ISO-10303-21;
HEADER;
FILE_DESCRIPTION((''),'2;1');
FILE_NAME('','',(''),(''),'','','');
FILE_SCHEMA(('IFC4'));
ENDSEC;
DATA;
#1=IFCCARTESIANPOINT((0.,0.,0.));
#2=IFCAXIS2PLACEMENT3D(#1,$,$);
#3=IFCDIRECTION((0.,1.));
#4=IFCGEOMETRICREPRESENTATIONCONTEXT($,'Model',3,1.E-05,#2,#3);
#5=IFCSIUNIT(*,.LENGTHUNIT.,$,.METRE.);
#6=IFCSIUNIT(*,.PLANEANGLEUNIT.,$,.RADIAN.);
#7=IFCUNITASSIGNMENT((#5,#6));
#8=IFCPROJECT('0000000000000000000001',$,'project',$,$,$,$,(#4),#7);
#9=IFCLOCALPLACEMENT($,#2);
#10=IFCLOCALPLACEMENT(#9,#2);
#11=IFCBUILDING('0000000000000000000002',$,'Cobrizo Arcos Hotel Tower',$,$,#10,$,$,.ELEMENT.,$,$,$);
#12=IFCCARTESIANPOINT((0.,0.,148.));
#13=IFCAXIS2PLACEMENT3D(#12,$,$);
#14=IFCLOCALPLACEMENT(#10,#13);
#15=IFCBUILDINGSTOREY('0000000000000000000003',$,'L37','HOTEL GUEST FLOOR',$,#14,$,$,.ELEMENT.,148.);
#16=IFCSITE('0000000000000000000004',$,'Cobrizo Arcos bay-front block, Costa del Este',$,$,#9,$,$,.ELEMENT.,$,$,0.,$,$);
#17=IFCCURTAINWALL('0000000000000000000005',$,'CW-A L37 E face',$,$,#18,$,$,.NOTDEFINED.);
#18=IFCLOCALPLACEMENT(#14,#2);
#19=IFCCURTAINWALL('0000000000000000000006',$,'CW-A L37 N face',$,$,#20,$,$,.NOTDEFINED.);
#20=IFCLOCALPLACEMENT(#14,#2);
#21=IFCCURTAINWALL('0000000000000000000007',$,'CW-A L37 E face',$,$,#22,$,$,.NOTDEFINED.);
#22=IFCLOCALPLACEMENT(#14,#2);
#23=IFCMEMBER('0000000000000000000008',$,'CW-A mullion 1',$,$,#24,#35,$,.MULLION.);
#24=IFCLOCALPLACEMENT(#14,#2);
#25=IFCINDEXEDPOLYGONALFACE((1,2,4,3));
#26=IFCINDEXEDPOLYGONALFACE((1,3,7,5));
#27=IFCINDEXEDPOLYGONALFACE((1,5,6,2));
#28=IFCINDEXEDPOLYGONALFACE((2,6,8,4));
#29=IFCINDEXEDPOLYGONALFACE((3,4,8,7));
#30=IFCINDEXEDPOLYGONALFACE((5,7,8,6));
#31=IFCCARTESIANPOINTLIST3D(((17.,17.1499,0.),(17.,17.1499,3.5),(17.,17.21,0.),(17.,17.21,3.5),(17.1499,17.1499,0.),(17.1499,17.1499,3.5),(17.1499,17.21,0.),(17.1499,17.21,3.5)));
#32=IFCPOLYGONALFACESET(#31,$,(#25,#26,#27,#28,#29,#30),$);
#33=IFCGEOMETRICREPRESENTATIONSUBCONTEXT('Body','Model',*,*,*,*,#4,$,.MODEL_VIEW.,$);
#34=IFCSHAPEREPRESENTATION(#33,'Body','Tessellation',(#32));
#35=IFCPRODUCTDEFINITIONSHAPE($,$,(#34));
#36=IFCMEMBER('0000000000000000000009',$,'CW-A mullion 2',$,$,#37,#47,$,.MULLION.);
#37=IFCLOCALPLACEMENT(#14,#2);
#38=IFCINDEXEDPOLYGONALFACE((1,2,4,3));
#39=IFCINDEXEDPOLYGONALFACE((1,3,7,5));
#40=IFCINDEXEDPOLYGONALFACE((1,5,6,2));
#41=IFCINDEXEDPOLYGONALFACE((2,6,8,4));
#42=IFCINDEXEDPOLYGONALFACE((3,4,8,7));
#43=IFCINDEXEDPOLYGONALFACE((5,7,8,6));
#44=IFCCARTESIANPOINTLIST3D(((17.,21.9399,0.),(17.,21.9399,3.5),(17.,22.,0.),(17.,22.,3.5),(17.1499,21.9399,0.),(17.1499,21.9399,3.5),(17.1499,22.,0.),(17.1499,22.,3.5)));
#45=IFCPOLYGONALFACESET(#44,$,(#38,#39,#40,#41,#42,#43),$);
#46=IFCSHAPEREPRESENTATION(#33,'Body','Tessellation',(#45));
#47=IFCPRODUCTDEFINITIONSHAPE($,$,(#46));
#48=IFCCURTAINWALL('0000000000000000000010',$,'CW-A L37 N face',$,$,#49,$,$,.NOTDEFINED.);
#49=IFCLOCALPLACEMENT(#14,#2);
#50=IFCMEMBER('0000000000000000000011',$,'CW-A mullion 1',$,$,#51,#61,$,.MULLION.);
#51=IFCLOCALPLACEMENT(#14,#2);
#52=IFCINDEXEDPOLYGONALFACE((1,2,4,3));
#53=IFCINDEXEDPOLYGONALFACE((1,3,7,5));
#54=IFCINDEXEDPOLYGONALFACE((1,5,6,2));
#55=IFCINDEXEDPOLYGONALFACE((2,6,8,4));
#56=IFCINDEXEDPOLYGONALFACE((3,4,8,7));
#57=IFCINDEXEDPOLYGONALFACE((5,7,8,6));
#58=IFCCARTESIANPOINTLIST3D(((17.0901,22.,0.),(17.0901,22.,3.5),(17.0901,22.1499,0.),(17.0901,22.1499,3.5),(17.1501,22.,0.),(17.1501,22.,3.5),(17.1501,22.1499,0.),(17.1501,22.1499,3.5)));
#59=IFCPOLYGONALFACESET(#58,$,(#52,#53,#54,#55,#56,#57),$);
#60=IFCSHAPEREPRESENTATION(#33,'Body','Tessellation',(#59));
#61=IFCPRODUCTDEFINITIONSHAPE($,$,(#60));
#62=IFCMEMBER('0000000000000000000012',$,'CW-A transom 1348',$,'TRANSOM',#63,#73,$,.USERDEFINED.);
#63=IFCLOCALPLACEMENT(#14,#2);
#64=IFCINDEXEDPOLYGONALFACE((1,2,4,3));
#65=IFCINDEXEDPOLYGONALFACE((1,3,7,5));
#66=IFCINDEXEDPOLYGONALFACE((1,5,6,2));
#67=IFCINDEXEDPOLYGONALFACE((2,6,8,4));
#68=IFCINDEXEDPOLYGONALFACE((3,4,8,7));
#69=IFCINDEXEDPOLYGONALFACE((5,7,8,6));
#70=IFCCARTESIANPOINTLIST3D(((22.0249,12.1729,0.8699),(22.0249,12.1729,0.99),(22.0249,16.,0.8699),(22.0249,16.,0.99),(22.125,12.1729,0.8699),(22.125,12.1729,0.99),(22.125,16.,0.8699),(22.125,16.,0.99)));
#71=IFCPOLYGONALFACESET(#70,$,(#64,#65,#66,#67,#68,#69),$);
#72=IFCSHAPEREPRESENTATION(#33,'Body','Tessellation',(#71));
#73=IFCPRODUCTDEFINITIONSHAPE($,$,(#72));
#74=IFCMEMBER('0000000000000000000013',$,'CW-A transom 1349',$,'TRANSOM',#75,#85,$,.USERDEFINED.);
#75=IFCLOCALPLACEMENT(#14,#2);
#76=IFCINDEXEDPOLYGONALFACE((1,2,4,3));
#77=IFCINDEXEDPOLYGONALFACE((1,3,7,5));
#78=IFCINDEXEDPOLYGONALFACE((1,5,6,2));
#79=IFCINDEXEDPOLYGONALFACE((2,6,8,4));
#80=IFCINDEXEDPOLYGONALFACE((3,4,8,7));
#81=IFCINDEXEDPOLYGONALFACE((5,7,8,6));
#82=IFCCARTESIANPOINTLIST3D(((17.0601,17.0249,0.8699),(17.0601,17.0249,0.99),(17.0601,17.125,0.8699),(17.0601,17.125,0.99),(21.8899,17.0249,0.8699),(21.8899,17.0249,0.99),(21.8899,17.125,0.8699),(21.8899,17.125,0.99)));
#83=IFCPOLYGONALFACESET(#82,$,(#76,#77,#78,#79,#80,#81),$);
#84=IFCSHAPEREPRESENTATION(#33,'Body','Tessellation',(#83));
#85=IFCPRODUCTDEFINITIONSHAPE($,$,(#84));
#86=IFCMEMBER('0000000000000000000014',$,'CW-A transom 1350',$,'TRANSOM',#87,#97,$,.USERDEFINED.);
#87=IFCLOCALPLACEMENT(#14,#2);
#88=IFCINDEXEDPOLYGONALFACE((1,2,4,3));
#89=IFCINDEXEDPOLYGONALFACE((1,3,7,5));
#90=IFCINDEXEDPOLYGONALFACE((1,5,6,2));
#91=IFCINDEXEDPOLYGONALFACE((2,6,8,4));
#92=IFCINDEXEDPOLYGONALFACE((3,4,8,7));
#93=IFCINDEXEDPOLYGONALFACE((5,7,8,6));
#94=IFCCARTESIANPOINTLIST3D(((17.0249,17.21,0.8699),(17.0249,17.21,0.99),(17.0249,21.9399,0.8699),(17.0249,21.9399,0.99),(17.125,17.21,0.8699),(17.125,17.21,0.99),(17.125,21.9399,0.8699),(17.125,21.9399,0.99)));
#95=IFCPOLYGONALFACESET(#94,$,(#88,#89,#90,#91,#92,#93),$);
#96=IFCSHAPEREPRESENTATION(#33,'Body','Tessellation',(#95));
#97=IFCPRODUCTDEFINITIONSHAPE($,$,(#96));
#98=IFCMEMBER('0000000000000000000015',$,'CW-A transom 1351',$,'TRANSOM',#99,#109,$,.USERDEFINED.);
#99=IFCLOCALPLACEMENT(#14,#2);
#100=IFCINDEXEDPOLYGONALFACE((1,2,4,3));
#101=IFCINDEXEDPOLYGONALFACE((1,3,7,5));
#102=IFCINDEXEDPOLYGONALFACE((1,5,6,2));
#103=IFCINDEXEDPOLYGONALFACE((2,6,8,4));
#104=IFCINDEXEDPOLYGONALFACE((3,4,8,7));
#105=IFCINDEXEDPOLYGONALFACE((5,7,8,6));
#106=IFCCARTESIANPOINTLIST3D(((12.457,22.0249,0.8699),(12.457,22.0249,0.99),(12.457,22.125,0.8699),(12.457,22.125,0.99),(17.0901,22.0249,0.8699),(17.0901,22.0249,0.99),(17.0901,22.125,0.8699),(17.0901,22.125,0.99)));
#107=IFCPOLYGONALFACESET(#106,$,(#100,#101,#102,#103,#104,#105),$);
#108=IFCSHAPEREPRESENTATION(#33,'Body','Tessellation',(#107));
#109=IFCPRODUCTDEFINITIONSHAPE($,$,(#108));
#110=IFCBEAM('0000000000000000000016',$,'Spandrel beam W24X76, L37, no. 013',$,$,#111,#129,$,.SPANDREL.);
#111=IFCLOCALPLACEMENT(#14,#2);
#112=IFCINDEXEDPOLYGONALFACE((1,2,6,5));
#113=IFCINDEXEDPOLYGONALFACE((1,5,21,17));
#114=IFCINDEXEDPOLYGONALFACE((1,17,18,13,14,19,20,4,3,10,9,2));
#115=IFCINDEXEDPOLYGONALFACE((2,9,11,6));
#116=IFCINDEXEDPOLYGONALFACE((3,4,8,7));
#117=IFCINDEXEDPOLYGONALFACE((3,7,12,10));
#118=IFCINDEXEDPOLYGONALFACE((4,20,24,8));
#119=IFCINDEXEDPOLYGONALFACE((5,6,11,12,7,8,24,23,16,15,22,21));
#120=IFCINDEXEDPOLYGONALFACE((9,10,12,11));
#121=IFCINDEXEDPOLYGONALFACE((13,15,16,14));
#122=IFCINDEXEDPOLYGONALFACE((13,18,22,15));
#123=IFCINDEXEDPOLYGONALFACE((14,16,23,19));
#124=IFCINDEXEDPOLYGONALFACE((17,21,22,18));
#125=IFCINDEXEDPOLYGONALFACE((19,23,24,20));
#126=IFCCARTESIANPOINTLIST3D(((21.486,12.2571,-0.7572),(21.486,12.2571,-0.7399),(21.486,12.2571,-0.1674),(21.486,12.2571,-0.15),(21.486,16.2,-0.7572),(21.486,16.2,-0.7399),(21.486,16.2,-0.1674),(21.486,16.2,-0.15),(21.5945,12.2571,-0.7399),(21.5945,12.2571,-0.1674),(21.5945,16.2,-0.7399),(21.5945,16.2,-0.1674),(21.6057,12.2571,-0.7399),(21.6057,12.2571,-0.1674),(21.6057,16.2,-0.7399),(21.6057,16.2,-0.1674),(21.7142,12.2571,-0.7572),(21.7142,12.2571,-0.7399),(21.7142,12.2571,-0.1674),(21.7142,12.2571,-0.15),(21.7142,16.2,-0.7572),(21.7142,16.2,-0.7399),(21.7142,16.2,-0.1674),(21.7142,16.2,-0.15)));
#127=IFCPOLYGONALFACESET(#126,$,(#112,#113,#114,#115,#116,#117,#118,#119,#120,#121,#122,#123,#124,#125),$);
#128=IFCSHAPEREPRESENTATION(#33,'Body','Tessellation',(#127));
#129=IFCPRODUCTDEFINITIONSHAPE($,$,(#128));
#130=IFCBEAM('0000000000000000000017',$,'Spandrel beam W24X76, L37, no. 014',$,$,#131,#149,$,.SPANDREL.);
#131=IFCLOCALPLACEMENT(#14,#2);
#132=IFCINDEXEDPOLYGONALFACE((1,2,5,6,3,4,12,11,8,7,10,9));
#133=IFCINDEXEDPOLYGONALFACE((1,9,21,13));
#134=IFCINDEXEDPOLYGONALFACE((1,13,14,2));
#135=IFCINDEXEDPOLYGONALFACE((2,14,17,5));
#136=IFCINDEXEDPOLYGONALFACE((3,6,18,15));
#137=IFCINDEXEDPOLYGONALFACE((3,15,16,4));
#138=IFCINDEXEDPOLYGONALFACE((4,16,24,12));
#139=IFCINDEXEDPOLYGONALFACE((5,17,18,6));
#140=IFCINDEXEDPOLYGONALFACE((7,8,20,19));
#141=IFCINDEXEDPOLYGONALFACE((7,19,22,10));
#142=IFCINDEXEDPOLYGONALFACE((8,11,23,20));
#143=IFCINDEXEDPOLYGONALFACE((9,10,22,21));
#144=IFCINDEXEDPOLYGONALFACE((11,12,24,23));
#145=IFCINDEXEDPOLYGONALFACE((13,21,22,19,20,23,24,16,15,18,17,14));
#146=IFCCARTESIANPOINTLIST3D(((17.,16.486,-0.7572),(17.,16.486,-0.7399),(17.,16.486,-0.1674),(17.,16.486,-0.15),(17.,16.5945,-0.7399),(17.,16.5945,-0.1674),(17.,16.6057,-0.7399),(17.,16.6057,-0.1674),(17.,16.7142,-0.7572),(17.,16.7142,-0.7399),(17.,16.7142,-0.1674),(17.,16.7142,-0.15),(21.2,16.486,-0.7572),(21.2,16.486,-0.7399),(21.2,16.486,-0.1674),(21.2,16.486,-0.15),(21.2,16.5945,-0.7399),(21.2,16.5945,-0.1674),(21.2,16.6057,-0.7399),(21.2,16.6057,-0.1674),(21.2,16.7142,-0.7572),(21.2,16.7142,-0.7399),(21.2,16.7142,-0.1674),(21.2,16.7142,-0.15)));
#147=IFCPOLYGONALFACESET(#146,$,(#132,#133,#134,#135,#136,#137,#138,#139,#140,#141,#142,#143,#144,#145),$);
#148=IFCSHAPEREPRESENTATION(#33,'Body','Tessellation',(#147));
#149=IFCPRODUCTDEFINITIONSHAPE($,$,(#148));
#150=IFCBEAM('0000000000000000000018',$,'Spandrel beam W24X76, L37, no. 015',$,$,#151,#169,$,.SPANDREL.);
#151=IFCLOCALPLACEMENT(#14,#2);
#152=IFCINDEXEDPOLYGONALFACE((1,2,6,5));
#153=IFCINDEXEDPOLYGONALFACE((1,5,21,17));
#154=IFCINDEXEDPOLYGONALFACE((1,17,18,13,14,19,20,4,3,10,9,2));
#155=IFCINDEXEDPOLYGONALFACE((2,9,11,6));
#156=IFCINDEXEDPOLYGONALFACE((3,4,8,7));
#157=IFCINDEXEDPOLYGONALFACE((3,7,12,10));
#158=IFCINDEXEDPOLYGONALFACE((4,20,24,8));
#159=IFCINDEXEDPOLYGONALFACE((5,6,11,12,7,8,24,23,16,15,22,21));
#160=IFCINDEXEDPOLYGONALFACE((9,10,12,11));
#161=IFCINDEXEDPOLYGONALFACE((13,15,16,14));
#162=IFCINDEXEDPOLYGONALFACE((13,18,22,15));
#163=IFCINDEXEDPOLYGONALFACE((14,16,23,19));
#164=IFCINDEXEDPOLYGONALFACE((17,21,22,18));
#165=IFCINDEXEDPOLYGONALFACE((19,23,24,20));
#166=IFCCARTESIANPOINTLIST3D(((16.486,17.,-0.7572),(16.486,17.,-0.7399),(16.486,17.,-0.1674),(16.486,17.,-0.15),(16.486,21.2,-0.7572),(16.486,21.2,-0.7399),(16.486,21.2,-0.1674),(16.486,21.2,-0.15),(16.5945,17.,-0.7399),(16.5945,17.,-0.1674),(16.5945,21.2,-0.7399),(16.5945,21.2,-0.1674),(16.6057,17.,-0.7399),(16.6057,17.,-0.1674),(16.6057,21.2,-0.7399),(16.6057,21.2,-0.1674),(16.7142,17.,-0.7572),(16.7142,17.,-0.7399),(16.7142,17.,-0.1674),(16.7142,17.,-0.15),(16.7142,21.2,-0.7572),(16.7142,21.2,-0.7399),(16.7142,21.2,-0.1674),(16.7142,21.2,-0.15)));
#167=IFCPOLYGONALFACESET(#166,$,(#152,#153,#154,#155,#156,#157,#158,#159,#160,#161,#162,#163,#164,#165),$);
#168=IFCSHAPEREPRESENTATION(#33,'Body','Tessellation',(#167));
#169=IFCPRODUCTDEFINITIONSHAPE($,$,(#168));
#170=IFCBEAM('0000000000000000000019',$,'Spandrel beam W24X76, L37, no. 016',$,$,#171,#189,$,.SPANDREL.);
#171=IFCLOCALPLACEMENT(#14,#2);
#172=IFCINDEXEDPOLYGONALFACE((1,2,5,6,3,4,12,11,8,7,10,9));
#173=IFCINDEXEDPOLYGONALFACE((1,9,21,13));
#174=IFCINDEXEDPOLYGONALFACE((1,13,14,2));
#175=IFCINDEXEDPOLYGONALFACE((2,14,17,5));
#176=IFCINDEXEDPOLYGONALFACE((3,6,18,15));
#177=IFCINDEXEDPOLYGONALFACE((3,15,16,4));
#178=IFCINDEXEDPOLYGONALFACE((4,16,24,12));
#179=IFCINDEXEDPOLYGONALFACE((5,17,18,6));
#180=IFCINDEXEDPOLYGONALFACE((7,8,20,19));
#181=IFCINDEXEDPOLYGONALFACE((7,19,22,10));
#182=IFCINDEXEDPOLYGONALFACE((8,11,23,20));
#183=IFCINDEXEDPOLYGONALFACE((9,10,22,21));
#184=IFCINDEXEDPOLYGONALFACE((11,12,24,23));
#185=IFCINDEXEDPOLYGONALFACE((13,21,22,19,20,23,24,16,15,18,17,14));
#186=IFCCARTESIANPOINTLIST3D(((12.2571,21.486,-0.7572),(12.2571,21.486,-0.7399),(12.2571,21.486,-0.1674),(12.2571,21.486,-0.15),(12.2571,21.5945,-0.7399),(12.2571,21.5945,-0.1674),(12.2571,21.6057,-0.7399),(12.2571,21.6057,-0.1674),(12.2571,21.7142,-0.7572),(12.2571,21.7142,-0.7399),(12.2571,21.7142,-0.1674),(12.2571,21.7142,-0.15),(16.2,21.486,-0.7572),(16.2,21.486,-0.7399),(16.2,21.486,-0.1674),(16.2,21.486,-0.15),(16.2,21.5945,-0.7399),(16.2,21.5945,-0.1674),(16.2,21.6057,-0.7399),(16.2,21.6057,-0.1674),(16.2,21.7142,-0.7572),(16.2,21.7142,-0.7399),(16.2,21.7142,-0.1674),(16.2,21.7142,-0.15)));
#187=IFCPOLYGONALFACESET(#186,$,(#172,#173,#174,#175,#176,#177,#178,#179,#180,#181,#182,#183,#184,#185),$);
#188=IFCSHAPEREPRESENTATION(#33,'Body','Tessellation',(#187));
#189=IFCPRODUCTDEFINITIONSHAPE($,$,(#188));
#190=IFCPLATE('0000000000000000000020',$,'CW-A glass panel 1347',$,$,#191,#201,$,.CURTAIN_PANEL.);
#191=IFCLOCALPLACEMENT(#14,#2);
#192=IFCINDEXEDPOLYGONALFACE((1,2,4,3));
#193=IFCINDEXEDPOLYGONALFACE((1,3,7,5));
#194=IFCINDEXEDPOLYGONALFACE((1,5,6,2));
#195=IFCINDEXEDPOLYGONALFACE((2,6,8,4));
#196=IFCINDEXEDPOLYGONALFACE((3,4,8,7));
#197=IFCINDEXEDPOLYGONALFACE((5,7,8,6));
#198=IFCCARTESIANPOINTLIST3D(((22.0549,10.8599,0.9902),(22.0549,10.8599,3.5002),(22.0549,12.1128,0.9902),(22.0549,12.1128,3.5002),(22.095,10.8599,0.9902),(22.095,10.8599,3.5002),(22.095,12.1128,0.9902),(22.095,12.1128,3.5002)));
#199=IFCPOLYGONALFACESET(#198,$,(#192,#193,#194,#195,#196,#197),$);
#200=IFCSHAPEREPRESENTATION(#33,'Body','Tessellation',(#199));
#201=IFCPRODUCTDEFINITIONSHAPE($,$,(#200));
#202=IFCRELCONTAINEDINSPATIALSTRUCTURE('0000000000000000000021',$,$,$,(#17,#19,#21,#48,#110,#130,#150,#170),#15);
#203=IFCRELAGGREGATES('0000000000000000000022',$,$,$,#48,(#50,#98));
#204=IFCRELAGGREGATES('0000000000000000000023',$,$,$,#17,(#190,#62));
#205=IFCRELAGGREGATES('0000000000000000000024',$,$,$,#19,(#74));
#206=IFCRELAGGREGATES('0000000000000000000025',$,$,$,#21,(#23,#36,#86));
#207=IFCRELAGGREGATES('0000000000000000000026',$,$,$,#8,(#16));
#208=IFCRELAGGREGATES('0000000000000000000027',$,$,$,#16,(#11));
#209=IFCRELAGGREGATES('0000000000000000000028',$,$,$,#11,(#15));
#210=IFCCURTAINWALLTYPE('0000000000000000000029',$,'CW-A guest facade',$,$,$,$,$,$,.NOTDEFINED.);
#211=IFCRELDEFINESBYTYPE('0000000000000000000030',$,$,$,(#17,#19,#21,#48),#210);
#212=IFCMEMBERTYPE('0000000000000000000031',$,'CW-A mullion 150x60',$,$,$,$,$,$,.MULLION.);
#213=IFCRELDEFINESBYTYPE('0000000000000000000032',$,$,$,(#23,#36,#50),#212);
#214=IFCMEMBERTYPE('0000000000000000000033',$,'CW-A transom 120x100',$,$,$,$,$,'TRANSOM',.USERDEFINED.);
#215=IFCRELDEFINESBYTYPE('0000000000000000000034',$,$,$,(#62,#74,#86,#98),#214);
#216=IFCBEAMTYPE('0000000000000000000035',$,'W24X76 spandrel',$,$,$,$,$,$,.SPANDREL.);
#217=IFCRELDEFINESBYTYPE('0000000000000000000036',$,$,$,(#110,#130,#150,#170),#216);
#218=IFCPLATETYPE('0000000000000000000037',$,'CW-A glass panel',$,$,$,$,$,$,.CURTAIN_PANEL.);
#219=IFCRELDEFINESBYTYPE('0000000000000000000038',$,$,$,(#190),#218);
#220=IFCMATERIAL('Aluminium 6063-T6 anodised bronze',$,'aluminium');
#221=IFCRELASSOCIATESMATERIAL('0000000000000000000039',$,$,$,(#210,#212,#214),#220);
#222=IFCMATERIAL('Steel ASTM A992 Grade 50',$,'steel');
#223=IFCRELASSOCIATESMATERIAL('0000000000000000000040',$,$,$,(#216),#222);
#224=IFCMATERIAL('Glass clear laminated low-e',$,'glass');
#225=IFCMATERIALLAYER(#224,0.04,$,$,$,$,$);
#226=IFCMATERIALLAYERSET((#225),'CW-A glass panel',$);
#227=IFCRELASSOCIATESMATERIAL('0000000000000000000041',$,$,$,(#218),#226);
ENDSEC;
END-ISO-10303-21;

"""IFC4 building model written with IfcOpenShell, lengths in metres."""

from ifc_helpers import new_model, si_unit, direction, frame, origin, origin_2d, place, context, subcontext, project, spatial, rectangle, i_section, extrude, material, layer, layer_set, material_profile, profile_set, type_object, element, aggregate, save


model = new_model("IFC4")

# Units and contexts
model_context = context("Model", 3, precision=1e-05, world=origin(), true_north=direction((0.0, 1.0)))
body_context = subcontext(model_context, "Body", "Model", "MODEL_VIEW")
ifc_project = project(units=[si_unit("LENGTHUNIT", "METRE"), si_unit("PLANEANGLEUNIT", "RADIAN")], contexts=[model_context])

# Site, building, storey
site_placement = place(None, origin())
site = spatial("IfcSite", under=ifc_project, at=site_placement, Name="Cobrizo Arcos bay-front block, Costa del Este", CompositionType="ELEMENT", RefElevation=0.0)
building_placement = place(site_placement, origin())
building = spatial("IfcBuilding", under=site, at=building_placement, Name="Cobrizo Arcos Hotel Tower", CompositionType="ELEMENT")
storey_placement = place(building_placement, frame((0.0, 0.0, 148.0)))
storey = spatial("IfcBuildingStorey", under=building, at=storey_placement, Name="L37", Description="HOTEL GUEST FLOOR", CompositionType="ELEMENT", Elevation=148.0)

# Curtain walls, members
ifc_material_1 = material(Name="Aluminium 6063-T6 anodised bronze", Category="aluminium")
curtain_wall_type = type_object("IfcCurtainWallType", Name="CW-A guest facade", PredefinedType="NOTDEFINED", material=ifc_material_1)
curtain_wall_1_placement = place(storey_placement, origin())
curtain_wall_1 = element("IfcCurtainWall", 1, at=curtain_wall_1_placement, inside=storey, type_object=curtain_wall_type, Name="CW-A L37 E face", PredefinedType="NOTDEFINED")
ifc_material_profile_1 = material_profile(ifc_material_1, rectangle(XDim=0.1499, YDim=0.0601, at=origin_2d()), Name="CW-A mullion 150x60")
ifc_profile_set_1 = profile_set([ifc_material_profile_1], Name="Aluminium 6063-T6 anodised bronze")
member_type_1 = type_object("IfcMemberType", Name="CW-A mullion 150x60", PredefinedType="MULLION", material=ifc_profile_set_1)
curtain_wall_2_placement = place(storey_placement, origin())
curtain_wall_2 = element("IfcCurtainWall", 2, at=curtain_wall_2_placement, inside=storey, type_object=curtain_wall_type, Name="CW-A L37 N face", PredefinedType="NOTDEFINED")
curtain_wall_3_placement = place(storey_placement, origin())
curtain_wall_3 = element("IfcCurtainWall", 3, at=curtain_wall_3_placement, inside=storey, type_object=curtain_wall_type, Name="CW-A L37 E face", PredefinedType="NOTDEFINED")
member_1_placement = place(storey_placement, frame((17.075, 17.1799, 0.0), z_axis=(0.0, 0.0, 1.0), x_axis=(1.0, 0.0, 0.0)))
member_1 = element("IfcMember", 4, at=member_1_placement, type_object=member_type_1, Name="CW-A mullion 1", PredefinedType="MULLION", context=body_context, shape_type="SweptSolid", body=[
    extrude(rectangle(XDim=0.1499, YDim=0.0601, at=origin_2d()), origin(), (0.0, 0.0, 1.0), 3.5),
])
member_2_placement = place(storey_placement, frame((17.075, 21.97, 0.0), z_axis=(0.0, 0.0, 1.0), x_axis=(1.0, 0.0, 0.0)))
member_2 = element("IfcMember", 5, at=member_2_placement, type_object=member_type_1, Name="CW-A mullion 2", PredefinedType="MULLION", context=body_context, shape_type="SweptSolid", body=[
    extrude(rectangle(XDim=0.1499, YDim=0.0601, at=origin_2d()), origin(), (0.0, 0.0, 1.0), 3.5),
])

# Curtain wall, member
curtain_wall_4_placement = place(storey_placement, origin())
curtain_wall_4 = element("IfcCurtainWall", 6, at=curtain_wall_4_placement, inside=storey, type_object=curtain_wall_type, Name="CW-A L37 N face", PredefinedType="NOTDEFINED")
member_3_placement = place(storey_placement, frame((17.1201, 22.075, 0.0), z_axis=(0.0, 0.0, 1.0), x_axis=(0.0, 1.0, 0.0)))
member_3 = element("IfcMember", 7, at=member_3_placement, type_object=member_type_1, Name="CW-A mullion 1", PredefinedType="MULLION", context=body_context, shape_type="SweptSolid", body=[
    extrude(rectangle(XDim=0.1499, YDim=0.0601, at=origin_2d()), origin(), (0.0, 0.0, 1.0), 3.5),
])

# Members
ifc_material_profile_2 = material_profile(ifc_material_1, rectangle(XDim=0.1001, YDim=0.1201, at=origin_2d()), Name="CW-A transom 120x100")
ifc_profile_set_2 = profile_set([ifc_material_profile_2], Name="Aluminium 6063-T6 anodised bronze")
member_type_2 = type_object("IfcMemberType", Name="CW-A transom 120x100", ElementType="TRANSOM", PredefinedType="USERDEFINED", material=ifc_profile_set_2)
member_4_placement = place(storey_placement, frame((22.075, 12.1729, 0.9299), z_axis=(0.0, 1.0, 0.0), x_axis=(-1.0, 0.0, 0.0)))
member_4 = element("IfcMember", 8, at=member_4_placement, type_object=member_type_2, Name="CW-A transom 1348", ObjectType="TRANSOM", PredefinedType="USERDEFINED", context=body_context, shape_type="SweptSolid", body=[
    extrude(rectangle(XDim=0.1001, YDim=0.1201, at=origin_2d()), origin(), (0.0, 0.0, 1.0), 3.8271),
])
member_5_placement = place(storey_placement, frame((21.8899, 17.075, 0.9299), z_axis=(-1.0, 0.0, 0.0), x_axis=(0.0, -1.0, 0.0)))
member_5 = element("IfcMember", 9, at=member_5_placement, type_object=member_type_2, Name="CW-A transom 1349", ObjectType="TRANSOM", PredefinedType="USERDEFINED", context=body_context, shape_type="SweptSolid", body=[
    extrude(rectangle(XDim=0.1001, YDim=0.1201, at=origin_2d()), origin(), (0.0, 0.0, 1.0), 4.8298),
])
member_6_placement = place(storey_placement, frame((17.075, 17.21, 0.9299), z_axis=(0.0, 1.0, 0.0), x_axis=(-1.0, 0.0, 0.0)))
member_6 = element("IfcMember", 10, at=member_6_placement, type_object=member_type_2, Name="CW-A transom 1350", ObjectType="TRANSOM", PredefinedType="USERDEFINED", context=body_context, shape_type="SweptSolid", body=[
    extrude(rectangle(XDim=0.1001, YDim=0.1201, at=origin_2d()), origin(), (0.0, 0.0, 1.0), 4.73),
])
member_7_placement = place(storey_placement, frame((17.0901, 22.075, 0.9299), z_axis=(-1.0, 0.0, 0.0), x_axis=(0.0, -1.0, 0.0)))
member_7 = element("IfcMember", 11, at=member_7_placement, type_object=member_type_2, Name="CW-A transom 1351", ObjectType="TRANSOM", PredefinedType="USERDEFINED", context=body_context, shape_type="SweptSolid", body=[
    extrude(rectangle(XDim=0.1001, YDim=0.1201, at=origin_2d()), origin(), (0.0, 0.0, 1.0), 4.6331),
])
aggregate(curtain_wall_4, [member_3, member_7])

# Beams
ifc_material_2 = material(Name="Steel ASTM A992 Grade 50", Category="steel")
ifc_material_profile_3 = material_profile(ifc_material_2, i_section(OverallWidth=0.2283, OverallDepth=0.6072, WebThickness=0.0112, FlangeThickness=0.0173, at=origin_2d()), Name="W24X76")
ifc_profile_set_3 = profile_set([ifc_material_profile_3], Name="Steel ASTM A992 Grade 50")
beam_type_1 = type_object("IfcBeamType", Name="W24X76 spandrel", PredefinedType="SPANDREL", material=ifc_profile_set_3)
beam_1_placement = place(storey_placement, frame((21.6001, 12.2571, -0.4536), z_axis=(0.0, 1.0, 0.0), x_axis=(-1.0, 0.0, 0.0)))
element("IfcBeam", 12, at=beam_1_placement, inside=storey, type_object=beam_type_1, Name="Spandrel beam W24X76, L37, no. 013", PredefinedType="SPANDREL", context=body_context, shape_type="SweptSolid", body=[
    extrude(i_section(OverallWidth=0.2283, OverallDepth=0.6072, WebThickness=0.0112, FlangeThickness=0.0173, at=origin_2d()), origin(), (0.0, 0.0, 1.0), 3.9429),
])
for number, where, z_axis, x_axis, name in (
    (13, (21.2, 16.6001, -0.4536), (-1.0, 0.0, 0.0), (0.0, -1.0, 0.0), "Spandrel beam W24X76, L37, no. 014"),
    (14, (16.6001, 17.0, -0.4536), (0.0, 1.0, 0.0), (-1.0, 0.0, 0.0), "Spandrel beam W24X76, L37, no. 015"),
):
    element("IfcBeam", number, at=place(storey_placement, frame(where, z_axis=z_axis, x_axis=x_axis)), inside=storey, type_object=beam_type_1, Name=name, PredefinedType="SPANDREL", context=body_context, shape_type="SweptSolid", body=[
        extrude(i_section(OverallWidth=0.2283, OverallDepth=0.6072, WebThickness=0.0112, FlangeThickness=0.0173, at=origin_2d()), origin(), (0.0, 0.0, 1.0), 4.2),
    ])
beam_2_placement = place(storey_placement, frame((16.2, 21.6001, -0.4536), z_axis=(-1.0, 0.0, 0.0), x_axis=(0.0, -1.0, 0.0)))
element("IfcBeam", 15, at=beam_2_placement, inside=storey, type_object=beam_type_1, Name="Spandrel beam W24X76, L37, no. 016", PredefinedType="SPANDREL", context=body_context, shape_type="SweptSolid", body=[
    extrude(i_section(OverallWidth=0.2283, OverallDepth=0.6072, WebThickness=0.0112, FlangeThickness=0.0173, at=origin_2d()), origin(), (0.0, 0.0, 1.0), 3.9429),
])

# Plate
ifc_material_3 = material(Name="Glass clear laminated low-e", Category="glass")
ifc_layer_1 = layer(ifc_material_3, 0.04)
ifc_layer_set_1 = layer_set([ifc_layer_1], Name="CW-A glass panel")
plate_type_1 = type_object("IfcPlateType", Name="CW-A glass panel", PredefinedType="CURTAIN_PANEL", material=ifc_layer_set_1)
plate_1_placement = place(storey_placement, frame((22.075, 11.4863, 0.9902), z_axis=(0.0, 0.0, 1.0), x_axis=(0.0, 1.0, 0.0)))
plate_1 = element("IfcPlate", 16, at=plate_1_placement, type_object=plate_type_1, Name="CW-A glass panel 1347", PredefinedType="CURTAIN_PANEL", context=body_context, shape_type="SweptSolid", body=[
    extrude(rectangle(XDim=1.2529, YDim=0.04, at=origin_2d()), origin(), (0.0, 0.0, 1.0), 2.51),
])
aggregate(curtain_wall_1, [plate_1, member_4])
aggregate(curtain_wall_2, [member_5])
aggregate(curtain_wall_3, [member_1, member_2, member_6])

save(model, "model.ifc")
